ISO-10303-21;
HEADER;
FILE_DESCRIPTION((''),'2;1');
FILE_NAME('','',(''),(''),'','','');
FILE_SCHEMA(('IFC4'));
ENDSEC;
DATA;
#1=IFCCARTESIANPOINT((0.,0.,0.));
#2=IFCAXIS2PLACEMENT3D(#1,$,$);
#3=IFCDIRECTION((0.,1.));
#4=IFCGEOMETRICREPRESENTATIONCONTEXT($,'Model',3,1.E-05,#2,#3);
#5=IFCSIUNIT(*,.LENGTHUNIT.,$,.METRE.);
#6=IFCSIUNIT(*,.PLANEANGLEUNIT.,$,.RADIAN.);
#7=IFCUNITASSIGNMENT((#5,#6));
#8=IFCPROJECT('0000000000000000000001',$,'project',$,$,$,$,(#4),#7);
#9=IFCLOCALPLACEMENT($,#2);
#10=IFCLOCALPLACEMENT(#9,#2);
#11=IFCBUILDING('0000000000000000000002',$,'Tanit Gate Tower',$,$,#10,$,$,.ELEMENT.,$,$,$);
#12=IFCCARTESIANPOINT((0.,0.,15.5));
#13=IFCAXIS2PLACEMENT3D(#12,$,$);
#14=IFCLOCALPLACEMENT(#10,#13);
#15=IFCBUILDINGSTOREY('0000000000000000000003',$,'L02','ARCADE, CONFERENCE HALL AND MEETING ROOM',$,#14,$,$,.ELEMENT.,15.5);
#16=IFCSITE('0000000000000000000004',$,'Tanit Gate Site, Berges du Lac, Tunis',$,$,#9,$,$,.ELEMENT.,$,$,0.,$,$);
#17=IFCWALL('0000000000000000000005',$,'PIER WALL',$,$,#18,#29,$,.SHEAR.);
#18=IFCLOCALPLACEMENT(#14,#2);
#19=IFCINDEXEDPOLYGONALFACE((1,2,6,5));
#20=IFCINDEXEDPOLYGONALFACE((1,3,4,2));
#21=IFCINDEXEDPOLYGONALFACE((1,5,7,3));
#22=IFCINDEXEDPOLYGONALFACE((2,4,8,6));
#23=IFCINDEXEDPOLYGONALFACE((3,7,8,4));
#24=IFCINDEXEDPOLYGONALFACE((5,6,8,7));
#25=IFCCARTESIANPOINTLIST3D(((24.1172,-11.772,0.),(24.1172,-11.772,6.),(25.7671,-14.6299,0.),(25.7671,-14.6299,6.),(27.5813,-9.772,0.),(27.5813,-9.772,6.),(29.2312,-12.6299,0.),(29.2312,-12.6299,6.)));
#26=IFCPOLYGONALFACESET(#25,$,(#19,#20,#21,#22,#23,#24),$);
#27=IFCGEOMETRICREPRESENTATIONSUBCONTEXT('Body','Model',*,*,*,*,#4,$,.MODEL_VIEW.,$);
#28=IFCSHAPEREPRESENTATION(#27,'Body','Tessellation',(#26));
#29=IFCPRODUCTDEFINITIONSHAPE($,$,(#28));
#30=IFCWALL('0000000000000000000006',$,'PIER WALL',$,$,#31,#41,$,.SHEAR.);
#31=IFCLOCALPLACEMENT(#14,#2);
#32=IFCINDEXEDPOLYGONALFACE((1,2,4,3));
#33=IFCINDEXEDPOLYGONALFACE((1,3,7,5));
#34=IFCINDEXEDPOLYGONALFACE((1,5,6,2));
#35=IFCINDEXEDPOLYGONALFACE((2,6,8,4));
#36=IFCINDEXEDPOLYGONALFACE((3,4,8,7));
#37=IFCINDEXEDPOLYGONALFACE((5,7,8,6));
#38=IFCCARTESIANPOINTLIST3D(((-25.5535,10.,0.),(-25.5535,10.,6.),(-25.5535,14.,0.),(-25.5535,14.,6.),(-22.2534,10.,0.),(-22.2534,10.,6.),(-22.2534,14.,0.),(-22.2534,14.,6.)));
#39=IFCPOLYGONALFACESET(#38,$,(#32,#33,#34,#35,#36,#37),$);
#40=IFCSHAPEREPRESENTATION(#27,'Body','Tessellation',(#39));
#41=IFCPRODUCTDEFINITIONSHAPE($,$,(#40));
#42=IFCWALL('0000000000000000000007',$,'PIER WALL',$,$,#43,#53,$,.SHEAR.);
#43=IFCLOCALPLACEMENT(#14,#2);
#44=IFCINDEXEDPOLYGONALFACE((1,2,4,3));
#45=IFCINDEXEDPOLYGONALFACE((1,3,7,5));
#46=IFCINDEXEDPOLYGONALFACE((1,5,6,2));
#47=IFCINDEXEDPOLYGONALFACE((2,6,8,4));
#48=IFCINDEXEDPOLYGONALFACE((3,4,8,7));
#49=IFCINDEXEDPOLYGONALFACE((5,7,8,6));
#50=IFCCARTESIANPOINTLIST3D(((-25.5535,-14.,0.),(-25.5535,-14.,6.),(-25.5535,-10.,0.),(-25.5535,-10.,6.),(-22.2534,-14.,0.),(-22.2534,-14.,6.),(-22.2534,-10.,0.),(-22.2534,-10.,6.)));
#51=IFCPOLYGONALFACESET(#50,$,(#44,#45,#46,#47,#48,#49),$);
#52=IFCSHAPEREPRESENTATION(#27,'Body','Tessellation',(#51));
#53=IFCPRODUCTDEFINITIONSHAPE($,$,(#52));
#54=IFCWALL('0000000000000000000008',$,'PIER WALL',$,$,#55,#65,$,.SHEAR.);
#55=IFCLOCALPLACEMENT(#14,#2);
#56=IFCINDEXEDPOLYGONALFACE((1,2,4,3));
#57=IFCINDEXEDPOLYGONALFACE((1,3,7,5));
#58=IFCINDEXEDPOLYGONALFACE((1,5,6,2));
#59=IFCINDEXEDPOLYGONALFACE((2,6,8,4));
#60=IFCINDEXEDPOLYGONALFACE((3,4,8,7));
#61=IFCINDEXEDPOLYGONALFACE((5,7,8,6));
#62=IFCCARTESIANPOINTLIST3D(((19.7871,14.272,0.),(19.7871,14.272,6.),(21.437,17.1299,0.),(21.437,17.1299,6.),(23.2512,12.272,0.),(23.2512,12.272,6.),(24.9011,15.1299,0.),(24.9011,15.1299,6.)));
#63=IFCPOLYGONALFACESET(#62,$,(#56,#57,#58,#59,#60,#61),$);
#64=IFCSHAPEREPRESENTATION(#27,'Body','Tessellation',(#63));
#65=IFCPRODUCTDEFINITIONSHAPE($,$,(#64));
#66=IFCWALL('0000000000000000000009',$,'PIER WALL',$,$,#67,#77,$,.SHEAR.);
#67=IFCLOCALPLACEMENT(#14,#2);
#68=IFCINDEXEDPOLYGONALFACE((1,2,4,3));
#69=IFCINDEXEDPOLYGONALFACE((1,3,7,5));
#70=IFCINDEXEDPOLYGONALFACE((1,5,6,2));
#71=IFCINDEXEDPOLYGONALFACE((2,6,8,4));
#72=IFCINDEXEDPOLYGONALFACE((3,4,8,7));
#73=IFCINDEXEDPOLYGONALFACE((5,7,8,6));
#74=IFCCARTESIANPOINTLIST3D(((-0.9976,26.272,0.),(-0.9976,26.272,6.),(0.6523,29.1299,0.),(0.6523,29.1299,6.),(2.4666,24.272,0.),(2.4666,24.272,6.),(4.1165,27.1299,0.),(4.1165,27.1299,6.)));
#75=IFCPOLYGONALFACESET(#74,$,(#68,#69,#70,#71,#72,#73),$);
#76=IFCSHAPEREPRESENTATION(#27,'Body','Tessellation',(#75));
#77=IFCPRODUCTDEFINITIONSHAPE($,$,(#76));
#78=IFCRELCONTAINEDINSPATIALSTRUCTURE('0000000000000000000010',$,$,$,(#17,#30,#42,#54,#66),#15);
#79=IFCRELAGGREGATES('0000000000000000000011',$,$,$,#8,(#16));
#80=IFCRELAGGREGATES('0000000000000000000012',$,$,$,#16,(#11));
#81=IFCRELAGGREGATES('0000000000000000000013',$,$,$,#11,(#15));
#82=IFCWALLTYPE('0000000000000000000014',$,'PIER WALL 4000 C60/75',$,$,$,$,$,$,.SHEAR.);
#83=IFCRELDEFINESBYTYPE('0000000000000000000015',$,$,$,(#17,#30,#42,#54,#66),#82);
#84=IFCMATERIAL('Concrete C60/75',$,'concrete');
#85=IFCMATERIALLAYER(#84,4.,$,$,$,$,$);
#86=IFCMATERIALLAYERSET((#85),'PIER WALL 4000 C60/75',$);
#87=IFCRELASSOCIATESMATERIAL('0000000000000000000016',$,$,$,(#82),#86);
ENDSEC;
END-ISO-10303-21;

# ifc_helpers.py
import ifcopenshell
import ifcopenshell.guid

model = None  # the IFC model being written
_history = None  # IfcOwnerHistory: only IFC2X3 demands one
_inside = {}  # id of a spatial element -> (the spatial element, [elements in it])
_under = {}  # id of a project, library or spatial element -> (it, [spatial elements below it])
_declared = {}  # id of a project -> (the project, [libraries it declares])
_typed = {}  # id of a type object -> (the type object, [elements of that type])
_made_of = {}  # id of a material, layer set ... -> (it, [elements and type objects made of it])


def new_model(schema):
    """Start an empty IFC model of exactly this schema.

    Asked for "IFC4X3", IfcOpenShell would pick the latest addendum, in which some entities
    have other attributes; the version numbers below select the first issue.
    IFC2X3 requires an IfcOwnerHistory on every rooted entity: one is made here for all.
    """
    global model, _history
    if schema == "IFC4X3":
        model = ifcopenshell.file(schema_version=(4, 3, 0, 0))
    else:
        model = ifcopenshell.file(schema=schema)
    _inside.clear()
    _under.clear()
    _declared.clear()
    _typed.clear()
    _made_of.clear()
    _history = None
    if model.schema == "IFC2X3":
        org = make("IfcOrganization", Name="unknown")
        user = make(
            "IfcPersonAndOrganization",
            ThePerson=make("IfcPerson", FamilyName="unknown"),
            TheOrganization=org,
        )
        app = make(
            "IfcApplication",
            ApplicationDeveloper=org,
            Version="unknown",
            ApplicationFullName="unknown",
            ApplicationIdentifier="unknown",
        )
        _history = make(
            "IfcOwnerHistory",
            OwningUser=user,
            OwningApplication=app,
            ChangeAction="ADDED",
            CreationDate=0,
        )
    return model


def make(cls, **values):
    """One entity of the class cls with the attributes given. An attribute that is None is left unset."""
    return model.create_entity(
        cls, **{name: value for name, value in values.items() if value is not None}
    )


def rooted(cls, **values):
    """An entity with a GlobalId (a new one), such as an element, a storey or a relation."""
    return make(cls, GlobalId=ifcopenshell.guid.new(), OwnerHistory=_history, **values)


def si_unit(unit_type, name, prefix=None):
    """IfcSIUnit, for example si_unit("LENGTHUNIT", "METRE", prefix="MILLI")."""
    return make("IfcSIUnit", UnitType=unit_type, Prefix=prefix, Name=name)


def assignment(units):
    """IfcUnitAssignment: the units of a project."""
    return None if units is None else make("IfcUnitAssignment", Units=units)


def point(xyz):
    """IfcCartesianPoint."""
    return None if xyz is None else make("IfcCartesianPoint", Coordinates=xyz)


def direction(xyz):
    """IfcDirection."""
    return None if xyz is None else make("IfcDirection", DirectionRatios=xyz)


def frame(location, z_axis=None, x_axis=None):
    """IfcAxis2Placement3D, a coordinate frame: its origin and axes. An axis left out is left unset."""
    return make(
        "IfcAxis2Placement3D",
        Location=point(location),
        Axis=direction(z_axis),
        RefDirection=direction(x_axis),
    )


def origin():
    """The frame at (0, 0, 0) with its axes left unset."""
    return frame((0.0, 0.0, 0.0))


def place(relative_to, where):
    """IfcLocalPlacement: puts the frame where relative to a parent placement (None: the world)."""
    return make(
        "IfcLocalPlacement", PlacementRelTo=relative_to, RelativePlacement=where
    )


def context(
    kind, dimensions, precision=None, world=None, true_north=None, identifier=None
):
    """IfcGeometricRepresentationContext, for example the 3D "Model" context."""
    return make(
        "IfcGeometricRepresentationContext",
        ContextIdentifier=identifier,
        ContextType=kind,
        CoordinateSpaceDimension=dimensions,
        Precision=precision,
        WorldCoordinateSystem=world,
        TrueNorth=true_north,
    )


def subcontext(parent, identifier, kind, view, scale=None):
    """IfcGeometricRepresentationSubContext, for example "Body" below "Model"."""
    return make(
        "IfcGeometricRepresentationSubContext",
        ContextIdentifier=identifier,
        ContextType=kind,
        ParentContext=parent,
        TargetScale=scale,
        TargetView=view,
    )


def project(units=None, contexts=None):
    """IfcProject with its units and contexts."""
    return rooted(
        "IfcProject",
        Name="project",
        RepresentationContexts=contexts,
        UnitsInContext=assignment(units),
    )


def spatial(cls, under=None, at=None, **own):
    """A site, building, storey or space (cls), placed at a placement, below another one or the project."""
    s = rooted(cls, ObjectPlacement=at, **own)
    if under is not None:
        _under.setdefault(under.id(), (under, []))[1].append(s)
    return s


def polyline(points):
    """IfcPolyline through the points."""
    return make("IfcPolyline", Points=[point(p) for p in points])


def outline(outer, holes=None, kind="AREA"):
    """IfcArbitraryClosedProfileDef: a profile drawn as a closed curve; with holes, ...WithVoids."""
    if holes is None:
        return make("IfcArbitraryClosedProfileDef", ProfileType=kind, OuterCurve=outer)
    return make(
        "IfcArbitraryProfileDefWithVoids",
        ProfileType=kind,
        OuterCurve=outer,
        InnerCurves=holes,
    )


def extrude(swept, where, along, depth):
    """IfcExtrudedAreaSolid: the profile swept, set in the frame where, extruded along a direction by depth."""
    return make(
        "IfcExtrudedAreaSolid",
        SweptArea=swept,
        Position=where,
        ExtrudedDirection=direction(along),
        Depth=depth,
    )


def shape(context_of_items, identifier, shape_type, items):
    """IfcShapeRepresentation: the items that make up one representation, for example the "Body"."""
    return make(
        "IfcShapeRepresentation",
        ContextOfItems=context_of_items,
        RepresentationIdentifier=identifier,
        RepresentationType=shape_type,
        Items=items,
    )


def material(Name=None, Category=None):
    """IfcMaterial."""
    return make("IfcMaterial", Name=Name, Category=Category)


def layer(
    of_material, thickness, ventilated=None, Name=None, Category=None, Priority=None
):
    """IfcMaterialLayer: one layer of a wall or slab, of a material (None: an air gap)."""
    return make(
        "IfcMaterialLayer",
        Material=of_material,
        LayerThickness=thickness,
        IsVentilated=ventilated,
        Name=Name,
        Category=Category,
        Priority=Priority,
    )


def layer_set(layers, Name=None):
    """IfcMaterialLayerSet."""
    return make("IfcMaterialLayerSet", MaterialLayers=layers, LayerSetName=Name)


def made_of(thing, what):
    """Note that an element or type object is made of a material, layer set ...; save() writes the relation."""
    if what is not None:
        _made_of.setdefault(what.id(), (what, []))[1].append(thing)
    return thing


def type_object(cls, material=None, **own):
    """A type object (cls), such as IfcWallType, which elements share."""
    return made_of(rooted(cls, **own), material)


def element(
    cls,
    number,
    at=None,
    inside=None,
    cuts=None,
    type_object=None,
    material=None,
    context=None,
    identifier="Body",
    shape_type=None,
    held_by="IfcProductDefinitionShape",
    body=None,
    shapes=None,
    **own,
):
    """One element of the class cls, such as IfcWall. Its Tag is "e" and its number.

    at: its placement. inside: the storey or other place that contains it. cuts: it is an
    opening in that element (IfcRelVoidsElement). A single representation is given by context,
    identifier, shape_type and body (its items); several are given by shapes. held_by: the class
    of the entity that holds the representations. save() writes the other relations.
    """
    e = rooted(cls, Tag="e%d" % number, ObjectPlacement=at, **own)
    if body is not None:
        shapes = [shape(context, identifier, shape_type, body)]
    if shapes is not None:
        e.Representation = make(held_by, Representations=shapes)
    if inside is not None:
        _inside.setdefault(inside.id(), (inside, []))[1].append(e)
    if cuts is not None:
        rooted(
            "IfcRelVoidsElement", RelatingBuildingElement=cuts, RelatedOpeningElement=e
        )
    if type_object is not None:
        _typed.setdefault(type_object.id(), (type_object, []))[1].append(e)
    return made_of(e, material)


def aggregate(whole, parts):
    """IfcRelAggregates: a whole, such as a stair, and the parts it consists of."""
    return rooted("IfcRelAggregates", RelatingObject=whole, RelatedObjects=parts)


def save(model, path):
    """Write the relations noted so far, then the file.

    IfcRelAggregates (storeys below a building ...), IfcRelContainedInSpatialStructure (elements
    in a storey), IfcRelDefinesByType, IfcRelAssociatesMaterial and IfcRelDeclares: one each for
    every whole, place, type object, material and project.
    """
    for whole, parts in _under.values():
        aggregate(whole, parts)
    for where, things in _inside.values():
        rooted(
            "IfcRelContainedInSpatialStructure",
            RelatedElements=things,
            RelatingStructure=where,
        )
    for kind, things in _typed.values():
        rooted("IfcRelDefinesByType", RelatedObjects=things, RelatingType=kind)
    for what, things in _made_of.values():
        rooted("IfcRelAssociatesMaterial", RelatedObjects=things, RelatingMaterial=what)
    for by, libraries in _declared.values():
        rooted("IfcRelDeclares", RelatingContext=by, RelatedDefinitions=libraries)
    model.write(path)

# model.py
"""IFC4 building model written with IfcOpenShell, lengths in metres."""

from ifc_helpers import new_model, si_unit, direction, frame, origin, place, context, subcontext, project, spatial, polyline, outline, extrude, material, layer, layer_set, type_object, element, save


model = new_model("IFC4")

# Units and contexts
model_context = context("Model", 3, precision=1e-05, world=origin(), true_north=direction((0.0, 1.0)))
body_context = subcontext(model_context, "Body", "Model", "MODEL_VIEW")
ifc_project = project(units=[si_unit("LENGTHUNIT", "METRE"), si_unit("PLANEANGLEUNIT", "RADIAN")], contexts=[model_context])

# Site, building, storey
site_placement = place(None, origin())
site = spatial("IfcSite", under=ifc_project, at=site_placement, Name="Tanit Gate Site, Berges du Lac, Tunis", CompositionType="ELEMENT", RefElevation=0.0)
building_placement = place(site_placement, origin())
building = spatial("IfcBuilding", under=site, at=building_placement, Name="Tanit Gate Tower", CompositionType="ELEMENT")
storey_placement = place(building_placement, frame((0.0, 0.0, 15.5)))
storey = spatial("IfcBuildingStorey", under=building, at=storey_placement, Name="L02", Description="ARCADE, CONFERENCE HALL AND MEETING ROOM", CompositionType="ELEMENT", Elevation=15.5)

# Walls
ifc_material_1 = material(Name="Concrete C60/75", Category="concrete")
ifc_layer_1 = layer(ifc_material_1, 4.0)
ifc_layer_set_1 = layer_set([ifc_layer_1], Name="PIER WALL 4000 C60/75")
wall_type_1 = type_object("IfcWallType", Name="PIER WALL 4000 C60/75", PredefinedType="SHEAR", material=ifc_layer_set_1)
wall_1_placement = place(storey_placement, origin())
element("IfcWall", 1, at=wall_1_placement, inside=storey, type_object=wall_type_1, Name="PIER WALL", PredefinedType="SHEAR", context=body_context, shape_type="SweptSolid", body=[
    extrude(outline(polyline([(25.7671, -14.6299), (29.2312, -12.6299), (27.5813, -9.772), (24.1172, -11.772), (25.7671, -14.6299)])), origin(), (0.0, 0.0, 1.0), 6.0),
])
wall_2_placement = place(storey_placement, origin())
element("IfcWall", 2, at=wall_2_placement, inside=storey, type_object=wall_type_1, Name="PIER WALL", PredefinedType="SHEAR", context=body_context, shape_type="SweptSolid", body=[
    extrude(outline(polyline([(-25.5535, 14.0), (-25.5535, 10.0), (-22.2534, 10.0), (-22.2534, 14.0), (-25.5535, 14.0)])), origin(), (0.0, 0.0, 1.0), 6.0),
])
wall_3_placement = place(storey_placement, origin())
element("IfcWall", 3, at=wall_3_placement, inside=storey, type_object=wall_type_1, Name="PIER WALL", PredefinedType="SHEAR", context=body_context, shape_type="SweptSolid", body=[
    extrude(outline(polyline([(-25.5535, -10.0), (-25.5535, -14.0), (-22.2534, -14.0), (-22.2534, -10.0), (-25.5535, -10.0)])), origin(), (0.0, 0.0, 1.0), 6.0),
])
wall_4_placement = place(storey_placement, origin())
element("IfcWall", 4, at=wall_4_placement, inside=storey, type_object=wall_type_1, Name="PIER WALL", PredefinedType="SHEAR", context=body_context, shape_type="SweptSolid", body=[
    extrude(outline(polyline([(24.9011, 15.1299), (21.437, 17.1299), (19.7871, 14.272), (23.2512, 12.272), (24.9011, 15.1299)])), origin(), (0.0, 0.0, 1.0), 6.0),
])
wall_5_placement = place(storey_placement, origin())
element("IfcWall", 5, at=wall_5_placement, inside=storey, type_object=wall_type_1, Name="PIER WALL", PredefinedType="SHEAR", context=body_context, shape_type="SweptSolid", body=[
    extrude(outline(polyline([(4.1165, 27.1299), (0.6523, 29.1299), (-0.9976, 26.272), (2.4666, 24.272), (4.1165, 27.1299)])), origin(), (0.0, 0.0, 1.0), 6.0),
])

save(model, "model.ifc")
